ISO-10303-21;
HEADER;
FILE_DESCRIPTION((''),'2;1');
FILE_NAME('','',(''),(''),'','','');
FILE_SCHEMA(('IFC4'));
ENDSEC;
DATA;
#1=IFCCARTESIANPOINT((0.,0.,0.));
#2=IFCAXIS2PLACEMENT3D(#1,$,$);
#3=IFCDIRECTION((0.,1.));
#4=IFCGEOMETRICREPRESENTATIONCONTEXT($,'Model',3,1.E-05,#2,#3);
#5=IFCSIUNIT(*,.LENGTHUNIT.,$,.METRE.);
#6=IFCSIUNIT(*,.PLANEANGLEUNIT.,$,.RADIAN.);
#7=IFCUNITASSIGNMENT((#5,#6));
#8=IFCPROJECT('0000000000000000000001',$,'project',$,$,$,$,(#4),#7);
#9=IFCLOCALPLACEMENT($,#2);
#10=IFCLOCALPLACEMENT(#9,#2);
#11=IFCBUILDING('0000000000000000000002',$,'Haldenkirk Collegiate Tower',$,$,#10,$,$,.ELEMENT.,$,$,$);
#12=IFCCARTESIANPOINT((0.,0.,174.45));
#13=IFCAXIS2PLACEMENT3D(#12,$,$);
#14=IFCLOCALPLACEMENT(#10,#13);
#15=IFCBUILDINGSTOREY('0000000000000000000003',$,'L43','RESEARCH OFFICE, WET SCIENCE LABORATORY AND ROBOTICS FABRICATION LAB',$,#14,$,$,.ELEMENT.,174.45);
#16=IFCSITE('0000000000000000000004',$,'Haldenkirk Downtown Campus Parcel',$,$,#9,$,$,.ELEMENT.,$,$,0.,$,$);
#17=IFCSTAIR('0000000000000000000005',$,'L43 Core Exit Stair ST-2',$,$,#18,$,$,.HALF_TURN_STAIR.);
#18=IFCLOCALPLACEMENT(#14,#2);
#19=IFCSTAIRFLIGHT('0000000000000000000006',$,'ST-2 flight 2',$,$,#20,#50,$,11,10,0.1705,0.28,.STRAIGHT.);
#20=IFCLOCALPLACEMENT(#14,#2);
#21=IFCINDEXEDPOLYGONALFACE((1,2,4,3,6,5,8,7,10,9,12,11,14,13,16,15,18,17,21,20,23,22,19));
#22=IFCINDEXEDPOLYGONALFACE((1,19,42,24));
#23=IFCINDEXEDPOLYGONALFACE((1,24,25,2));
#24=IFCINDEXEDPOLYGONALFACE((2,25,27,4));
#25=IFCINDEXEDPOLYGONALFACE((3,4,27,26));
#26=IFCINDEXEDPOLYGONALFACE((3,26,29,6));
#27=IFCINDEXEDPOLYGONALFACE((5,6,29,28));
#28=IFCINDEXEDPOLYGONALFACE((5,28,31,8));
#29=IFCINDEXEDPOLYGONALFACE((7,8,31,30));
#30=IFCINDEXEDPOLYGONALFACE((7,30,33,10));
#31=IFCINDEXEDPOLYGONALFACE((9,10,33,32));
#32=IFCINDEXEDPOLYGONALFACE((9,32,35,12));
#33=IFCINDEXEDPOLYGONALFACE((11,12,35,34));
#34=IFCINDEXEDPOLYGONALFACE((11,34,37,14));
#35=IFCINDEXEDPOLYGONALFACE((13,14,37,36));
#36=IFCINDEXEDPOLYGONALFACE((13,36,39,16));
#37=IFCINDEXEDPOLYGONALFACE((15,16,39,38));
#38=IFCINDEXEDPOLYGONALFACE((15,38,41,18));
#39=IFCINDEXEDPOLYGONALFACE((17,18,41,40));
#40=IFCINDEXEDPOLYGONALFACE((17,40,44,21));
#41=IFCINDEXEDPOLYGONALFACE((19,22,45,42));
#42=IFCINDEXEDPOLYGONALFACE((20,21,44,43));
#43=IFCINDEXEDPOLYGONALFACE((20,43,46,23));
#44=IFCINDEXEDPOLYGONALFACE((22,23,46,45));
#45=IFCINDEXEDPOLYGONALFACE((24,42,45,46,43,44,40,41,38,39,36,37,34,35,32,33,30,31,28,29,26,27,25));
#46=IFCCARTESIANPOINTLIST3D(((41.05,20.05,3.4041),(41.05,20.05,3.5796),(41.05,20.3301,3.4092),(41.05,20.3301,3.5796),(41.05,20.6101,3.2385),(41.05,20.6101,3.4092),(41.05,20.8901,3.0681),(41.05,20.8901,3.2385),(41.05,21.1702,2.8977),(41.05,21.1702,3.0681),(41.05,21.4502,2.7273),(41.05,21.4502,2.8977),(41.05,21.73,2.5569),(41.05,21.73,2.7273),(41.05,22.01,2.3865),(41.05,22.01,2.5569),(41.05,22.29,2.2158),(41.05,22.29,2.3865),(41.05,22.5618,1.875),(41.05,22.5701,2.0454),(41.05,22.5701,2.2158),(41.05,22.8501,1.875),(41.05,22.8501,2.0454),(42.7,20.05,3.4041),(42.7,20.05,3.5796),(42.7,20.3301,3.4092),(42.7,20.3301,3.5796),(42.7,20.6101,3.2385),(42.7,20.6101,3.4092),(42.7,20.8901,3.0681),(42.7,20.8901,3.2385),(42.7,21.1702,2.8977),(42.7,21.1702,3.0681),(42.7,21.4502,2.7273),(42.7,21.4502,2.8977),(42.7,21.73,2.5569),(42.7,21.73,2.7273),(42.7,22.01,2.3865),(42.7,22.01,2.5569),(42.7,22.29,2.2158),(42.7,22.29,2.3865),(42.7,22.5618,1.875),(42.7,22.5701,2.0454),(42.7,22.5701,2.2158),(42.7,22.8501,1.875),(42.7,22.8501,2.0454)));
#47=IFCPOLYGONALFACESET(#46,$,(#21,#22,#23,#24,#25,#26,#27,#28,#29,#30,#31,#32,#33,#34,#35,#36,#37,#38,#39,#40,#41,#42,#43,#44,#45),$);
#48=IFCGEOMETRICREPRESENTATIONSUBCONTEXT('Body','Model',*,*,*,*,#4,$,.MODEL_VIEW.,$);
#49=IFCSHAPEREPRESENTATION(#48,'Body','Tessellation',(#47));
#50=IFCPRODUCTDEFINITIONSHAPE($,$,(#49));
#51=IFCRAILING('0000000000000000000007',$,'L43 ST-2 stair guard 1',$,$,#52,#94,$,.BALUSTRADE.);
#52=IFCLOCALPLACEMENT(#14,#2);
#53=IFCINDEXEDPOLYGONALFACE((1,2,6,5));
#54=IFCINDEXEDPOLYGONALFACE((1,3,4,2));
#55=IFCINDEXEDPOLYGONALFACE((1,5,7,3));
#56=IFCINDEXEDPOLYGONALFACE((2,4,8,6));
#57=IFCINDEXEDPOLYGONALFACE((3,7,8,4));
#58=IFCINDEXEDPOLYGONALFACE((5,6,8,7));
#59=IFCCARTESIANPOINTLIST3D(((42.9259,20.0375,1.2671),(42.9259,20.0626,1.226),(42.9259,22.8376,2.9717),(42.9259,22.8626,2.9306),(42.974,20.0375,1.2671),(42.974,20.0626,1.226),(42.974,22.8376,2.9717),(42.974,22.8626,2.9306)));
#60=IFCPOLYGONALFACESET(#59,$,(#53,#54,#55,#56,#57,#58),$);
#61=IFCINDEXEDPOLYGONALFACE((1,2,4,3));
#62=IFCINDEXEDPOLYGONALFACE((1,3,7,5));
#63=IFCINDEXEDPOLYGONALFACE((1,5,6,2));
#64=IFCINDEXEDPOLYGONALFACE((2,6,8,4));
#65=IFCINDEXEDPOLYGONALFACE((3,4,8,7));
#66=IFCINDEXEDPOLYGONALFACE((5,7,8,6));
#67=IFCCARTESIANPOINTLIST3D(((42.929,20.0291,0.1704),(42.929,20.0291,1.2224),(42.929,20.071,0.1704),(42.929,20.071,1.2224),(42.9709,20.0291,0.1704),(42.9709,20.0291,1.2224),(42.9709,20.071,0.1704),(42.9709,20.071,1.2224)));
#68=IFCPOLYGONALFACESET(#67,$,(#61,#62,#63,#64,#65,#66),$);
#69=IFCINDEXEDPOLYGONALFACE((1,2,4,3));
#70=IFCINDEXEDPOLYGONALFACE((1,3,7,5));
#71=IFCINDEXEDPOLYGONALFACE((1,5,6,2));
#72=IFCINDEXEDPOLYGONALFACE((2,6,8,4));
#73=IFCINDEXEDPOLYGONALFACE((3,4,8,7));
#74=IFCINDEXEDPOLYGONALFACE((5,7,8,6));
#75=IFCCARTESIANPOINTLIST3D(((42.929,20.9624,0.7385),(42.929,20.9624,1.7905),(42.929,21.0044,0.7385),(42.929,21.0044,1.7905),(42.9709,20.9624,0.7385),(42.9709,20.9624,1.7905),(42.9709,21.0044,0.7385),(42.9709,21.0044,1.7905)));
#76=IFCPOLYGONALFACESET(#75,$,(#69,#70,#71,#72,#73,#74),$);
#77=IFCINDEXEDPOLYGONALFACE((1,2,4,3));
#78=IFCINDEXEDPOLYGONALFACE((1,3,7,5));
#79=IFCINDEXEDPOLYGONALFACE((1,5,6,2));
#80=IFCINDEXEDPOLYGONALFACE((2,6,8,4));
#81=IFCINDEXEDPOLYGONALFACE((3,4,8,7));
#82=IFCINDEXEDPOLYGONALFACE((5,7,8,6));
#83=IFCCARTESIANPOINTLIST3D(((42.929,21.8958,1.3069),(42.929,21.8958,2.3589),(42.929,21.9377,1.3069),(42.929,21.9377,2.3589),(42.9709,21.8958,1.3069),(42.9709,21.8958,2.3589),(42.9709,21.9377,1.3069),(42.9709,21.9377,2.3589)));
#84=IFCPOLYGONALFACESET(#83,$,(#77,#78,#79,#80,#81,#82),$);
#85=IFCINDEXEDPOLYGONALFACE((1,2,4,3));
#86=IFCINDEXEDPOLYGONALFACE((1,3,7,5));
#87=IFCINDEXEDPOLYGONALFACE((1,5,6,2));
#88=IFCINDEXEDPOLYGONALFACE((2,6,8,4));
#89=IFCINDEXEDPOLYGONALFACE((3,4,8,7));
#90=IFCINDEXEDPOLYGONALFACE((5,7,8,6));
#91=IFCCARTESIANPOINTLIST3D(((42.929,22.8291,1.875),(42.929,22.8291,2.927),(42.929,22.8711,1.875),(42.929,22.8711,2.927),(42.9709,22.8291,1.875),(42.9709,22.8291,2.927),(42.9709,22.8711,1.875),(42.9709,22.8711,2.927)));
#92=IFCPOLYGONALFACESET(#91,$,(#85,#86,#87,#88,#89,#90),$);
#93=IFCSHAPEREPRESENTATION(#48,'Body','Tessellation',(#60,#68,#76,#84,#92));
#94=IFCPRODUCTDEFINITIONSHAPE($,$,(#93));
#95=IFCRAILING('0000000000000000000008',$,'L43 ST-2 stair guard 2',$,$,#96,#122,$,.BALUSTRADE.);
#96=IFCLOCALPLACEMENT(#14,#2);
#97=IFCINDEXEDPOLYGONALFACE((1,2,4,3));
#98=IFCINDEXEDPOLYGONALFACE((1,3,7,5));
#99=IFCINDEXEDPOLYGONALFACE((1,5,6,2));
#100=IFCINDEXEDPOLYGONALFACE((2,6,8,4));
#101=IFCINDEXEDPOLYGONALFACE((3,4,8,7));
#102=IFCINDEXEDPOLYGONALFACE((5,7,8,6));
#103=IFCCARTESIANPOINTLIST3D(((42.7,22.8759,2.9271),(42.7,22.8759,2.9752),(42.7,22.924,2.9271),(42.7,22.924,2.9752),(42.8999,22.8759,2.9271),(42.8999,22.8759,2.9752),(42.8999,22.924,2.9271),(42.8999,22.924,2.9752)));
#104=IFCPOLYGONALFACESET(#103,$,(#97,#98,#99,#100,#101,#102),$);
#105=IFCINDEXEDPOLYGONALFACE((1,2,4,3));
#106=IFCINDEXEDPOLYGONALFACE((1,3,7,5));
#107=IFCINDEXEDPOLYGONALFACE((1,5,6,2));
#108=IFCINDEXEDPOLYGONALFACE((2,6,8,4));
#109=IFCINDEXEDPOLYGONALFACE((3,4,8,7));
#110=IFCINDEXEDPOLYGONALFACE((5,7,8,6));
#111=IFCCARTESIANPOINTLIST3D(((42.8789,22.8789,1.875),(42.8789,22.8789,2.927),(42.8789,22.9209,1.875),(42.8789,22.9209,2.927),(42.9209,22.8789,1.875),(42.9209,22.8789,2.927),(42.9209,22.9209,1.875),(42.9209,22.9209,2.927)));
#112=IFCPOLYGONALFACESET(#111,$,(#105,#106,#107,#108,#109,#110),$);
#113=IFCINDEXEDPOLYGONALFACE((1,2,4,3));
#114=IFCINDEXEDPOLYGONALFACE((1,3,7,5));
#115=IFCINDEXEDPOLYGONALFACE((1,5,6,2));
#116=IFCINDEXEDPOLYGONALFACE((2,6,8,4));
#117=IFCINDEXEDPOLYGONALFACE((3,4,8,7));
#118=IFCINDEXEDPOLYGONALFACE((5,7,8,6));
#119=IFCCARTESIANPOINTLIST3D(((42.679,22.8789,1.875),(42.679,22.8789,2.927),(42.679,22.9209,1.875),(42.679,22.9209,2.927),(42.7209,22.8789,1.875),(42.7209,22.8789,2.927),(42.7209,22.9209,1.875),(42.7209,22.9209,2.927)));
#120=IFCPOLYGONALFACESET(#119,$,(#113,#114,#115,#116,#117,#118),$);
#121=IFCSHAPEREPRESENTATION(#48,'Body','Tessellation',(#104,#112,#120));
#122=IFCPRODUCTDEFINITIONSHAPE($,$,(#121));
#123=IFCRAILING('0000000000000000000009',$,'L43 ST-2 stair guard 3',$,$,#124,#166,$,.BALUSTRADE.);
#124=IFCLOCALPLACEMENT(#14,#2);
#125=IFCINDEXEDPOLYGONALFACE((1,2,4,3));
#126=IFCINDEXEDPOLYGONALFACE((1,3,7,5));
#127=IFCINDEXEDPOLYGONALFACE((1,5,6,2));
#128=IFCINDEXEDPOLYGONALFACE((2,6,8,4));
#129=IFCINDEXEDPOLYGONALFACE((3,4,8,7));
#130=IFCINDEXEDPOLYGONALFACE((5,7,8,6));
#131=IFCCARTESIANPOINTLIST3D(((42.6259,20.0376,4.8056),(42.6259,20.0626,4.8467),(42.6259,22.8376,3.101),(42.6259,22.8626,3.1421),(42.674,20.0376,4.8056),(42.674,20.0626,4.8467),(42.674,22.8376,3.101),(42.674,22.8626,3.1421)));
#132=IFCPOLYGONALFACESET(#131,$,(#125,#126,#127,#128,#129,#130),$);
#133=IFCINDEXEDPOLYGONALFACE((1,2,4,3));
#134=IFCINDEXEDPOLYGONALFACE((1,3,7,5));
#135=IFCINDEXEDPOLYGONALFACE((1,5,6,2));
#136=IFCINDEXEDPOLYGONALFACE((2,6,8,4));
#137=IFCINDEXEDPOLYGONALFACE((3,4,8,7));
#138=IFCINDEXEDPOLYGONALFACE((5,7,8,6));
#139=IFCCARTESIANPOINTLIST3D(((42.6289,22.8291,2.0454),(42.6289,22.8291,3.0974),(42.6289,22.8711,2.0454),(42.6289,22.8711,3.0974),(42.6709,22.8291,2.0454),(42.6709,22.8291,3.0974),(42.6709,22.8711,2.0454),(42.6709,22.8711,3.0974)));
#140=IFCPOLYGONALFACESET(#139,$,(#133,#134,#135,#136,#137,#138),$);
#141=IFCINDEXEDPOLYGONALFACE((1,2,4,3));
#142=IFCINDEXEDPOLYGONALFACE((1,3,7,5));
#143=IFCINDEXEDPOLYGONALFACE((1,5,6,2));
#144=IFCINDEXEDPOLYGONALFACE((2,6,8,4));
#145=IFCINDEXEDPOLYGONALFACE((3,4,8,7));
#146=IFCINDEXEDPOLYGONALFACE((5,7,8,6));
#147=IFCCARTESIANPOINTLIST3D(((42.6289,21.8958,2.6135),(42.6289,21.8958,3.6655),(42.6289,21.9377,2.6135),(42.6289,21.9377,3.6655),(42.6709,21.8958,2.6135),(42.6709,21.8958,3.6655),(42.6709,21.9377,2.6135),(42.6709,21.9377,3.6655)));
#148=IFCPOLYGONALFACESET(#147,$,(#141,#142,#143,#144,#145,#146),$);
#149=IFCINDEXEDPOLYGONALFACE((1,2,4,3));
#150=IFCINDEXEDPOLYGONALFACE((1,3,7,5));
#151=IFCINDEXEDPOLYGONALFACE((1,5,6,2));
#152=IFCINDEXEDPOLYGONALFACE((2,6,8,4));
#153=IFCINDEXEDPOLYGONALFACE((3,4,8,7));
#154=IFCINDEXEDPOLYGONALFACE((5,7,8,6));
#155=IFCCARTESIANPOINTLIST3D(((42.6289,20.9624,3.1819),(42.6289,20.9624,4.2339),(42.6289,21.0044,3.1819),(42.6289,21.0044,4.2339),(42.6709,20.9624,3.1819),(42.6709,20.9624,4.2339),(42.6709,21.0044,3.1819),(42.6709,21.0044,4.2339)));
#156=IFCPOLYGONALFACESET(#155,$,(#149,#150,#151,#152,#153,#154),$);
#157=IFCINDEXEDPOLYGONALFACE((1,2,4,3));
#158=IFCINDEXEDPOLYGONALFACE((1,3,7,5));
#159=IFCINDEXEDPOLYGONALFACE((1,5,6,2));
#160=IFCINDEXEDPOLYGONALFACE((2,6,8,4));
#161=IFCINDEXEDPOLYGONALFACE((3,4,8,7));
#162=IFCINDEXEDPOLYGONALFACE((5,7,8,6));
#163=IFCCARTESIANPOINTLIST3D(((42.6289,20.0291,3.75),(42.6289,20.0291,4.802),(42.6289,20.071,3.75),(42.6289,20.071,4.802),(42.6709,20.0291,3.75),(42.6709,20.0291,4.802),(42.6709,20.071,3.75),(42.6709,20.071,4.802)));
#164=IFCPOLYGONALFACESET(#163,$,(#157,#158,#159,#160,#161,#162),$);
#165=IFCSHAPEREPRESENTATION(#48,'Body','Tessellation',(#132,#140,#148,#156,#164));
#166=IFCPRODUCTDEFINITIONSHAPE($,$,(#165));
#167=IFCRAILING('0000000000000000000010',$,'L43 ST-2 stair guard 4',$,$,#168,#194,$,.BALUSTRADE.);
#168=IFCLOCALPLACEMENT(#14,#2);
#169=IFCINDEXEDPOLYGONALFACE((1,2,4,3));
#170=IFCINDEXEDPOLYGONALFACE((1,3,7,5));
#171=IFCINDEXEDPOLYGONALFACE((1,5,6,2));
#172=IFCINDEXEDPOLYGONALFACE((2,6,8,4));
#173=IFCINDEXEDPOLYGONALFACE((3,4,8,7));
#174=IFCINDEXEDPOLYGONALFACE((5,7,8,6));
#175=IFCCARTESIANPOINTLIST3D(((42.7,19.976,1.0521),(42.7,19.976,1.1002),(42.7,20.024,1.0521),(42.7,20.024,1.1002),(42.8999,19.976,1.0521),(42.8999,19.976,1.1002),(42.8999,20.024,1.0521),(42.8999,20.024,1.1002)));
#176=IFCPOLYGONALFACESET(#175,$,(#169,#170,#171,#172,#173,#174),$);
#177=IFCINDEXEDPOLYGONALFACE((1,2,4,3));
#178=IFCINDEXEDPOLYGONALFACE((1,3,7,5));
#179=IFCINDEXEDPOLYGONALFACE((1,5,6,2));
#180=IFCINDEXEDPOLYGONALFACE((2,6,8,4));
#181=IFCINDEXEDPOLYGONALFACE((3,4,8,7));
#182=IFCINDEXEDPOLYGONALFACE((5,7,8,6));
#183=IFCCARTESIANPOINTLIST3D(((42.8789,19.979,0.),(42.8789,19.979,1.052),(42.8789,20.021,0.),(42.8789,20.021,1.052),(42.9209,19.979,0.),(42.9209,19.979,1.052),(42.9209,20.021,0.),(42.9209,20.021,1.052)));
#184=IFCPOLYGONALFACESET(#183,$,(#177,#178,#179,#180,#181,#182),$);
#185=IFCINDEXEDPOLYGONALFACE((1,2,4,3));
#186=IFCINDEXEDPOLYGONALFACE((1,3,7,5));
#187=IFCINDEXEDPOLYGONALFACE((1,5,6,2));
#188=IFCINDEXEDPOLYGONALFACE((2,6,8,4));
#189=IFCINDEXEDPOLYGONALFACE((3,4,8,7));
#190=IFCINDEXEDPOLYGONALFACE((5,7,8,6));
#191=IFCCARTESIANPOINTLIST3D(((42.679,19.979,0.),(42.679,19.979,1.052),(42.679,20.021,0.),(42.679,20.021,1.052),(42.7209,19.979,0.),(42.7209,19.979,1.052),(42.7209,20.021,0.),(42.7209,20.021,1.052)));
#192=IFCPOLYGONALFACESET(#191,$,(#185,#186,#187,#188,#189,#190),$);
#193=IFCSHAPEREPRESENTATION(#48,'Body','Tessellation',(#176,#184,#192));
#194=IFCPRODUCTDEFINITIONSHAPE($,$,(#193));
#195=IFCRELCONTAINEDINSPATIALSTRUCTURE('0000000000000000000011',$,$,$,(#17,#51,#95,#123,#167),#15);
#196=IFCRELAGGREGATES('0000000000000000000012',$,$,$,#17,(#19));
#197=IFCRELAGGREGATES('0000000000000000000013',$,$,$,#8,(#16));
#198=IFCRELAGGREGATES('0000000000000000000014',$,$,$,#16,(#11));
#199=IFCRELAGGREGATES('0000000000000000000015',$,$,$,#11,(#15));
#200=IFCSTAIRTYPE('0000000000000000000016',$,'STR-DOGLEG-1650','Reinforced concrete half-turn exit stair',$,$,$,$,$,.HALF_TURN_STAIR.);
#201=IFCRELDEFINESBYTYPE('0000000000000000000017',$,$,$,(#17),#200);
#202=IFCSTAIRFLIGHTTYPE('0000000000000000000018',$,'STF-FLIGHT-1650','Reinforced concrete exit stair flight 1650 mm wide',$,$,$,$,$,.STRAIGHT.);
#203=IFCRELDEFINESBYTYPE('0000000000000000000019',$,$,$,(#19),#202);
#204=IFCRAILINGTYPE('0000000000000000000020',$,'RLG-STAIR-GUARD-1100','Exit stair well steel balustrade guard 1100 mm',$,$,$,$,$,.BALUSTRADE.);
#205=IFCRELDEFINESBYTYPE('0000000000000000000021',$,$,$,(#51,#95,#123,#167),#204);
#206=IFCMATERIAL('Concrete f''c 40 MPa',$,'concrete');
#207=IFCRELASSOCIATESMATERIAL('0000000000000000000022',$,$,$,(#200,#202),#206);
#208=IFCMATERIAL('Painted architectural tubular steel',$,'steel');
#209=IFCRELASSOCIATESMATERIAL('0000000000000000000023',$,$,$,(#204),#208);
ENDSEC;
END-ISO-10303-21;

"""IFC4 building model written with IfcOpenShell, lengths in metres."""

from ifc_helpers import new_model, si_unit, direction, frame, origin, origin_2d, place, context, subcontext, project, spatial, polyline, rectangle, outline, extrude, material, type_object, element, aggregate, save


model = new_model("IFC4")

# Units and contexts
model_context = context("Model", 3, precision=1e-05, world=origin(), true_north=direction((0.0, 1.0)))
body_context = subcontext(model_context, "Body", "Model", "MODEL_VIEW")
ifc_project = project(units=[si_unit("LENGTHUNIT", "METRE"), si_unit("PLANEANGLEUNIT", "RADIAN")], contexts=[model_context])

# Site, building, storey
site_placement = place(None, origin())
site = spatial("IfcSite", under=ifc_project, at=site_placement, Name="Haldenkirk Downtown Campus Parcel", CompositionType="ELEMENT", RefElevation=0.0)
building_placement = place(site_placement, origin())
building = spatial("IfcBuilding", under=site, at=building_placement, Name="Haldenkirk Collegiate Tower", CompositionType="ELEMENT")
storey_placement = place(building_placement, frame((0.0, 0.0, 174.45)))
storey = spatial("IfcBuildingStorey", under=building, at=storey_placement, Name="L43", Description="RESEARCH OFFICE, WET SCIENCE LABORATORY AND ROBOTICS FABRICATION LAB", CompositionType="ELEMENT", Elevation=174.45)

# Stair, stair flight
ifc_material_1 = material(Name="Concrete f'c 40 MPa", Category="concrete")
stair_type = type_object("IfcStairType", Name="STR-DOGLEG-1650", Description="Reinforced concrete half-turn exit stair", PredefinedType="HALF_TURN_STAIR", material=ifc_material_1)
stair_placement = place(storey_placement, origin())
stair = element("IfcStair", 1, at=stair_placement, inside=storey, type_object=stair_type, Name="L43 Core Exit Stair ST-2", PredefinedType="HALF_TURN_STAIR")
stair_flight_type = type_object("IfcStairFlightType", Name="STF-FLIGHT-1650", Description="Reinforced concrete exit stair flight 1650 mm wide", PredefinedType="STRAIGHT", material=ifc_material_1)
stair_flight_1_placement = place(storey_placement, frame((41.875, 22.8501, 1.875), z_axis=(0.0, 0.0, 1.0), x_axis=(0.0, -1.0, 0.0)))
stair_flight_1 = element("IfcStairFlight", 2, at=stair_flight_1_placement, type_object=stair_flight_type, Name="ST-2 flight 2", NumberOfRisers=11, NumberOfTreads=10, PredefinedType="STRAIGHT", RiserHeight=0.1705, TreadLength=0.28, context=body_context, shape_type="SweptSolid", body=[
    extrude(outline(polyline([(0.0, 0.0), (0.0, 0.1704), (0.28, 0.1704), (0.28, 0.3408), (0.5601, 0.3408), (0.5601, 0.5115), (0.8401, 0.5115), (0.8401, 0.6819), (1.1201, 0.6819), (1.1201, 0.8523), (1.3999, 0.8523), (1.3999, 1.0227), (1.6799, 1.0227), (1.6799, 1.1931), (1.96, 1.1931), (1.96, 1.3635), (2.24, 1.3635), (2.24, 1.5342), (2.52, 1.5342), (2.52, 1.7046), (2.8, 1.7046), (2.8, 1.875), (2.8, 1.5291), (0.2883, 0.0), (0.0, 0.0)])), frame((0.0, 0.825, 0.0), z_axis=(0.0, -1.0, 0.0), x_axis=(1.0, 0.0, 0.0)), (0.0, 0.0, 1.0), 1.6499),
])
aggregate(stair, [stair_flight_1])

# Railings
ifc_material_2 = material(Name="Painted architectural tubular steel", Category="steel")
railing_type_1 = type_object("IfcRailingType", Name="RLG-STAIR-GUARD-1100", Description="Exit stair well steel balustrade guard 1100 mm", PredefinedType="BALUSTRADE", material=ifc_material_2)
railing_1_placement = place(storey_placement, frame((42.95, 20.05, 0.1704)))
element("IfcRailing", 3, at=railing_1_placement, inside=storey, type_object=railing_type_1, Name="L43 ST-2 stair guard 1", PredefinedType="BALUSTRADE", context=body_context, shape_type="SweptSolid", body=[
    extrude(rectangle(XDim=0.0481, YDim=0.0481, at=origin_2d()), frame((0.0, 0.0, 1.0762), z_axis=(0.0, 0.85417, 0.519994), x_axis=(-1.0, 0.0, 0.0)), (0.0, 0.0, 1.0), 3.2781),
    extrude(rectangle(XDim=0.042, YDim=0.042, at=origin_2d()), origin(), (0.0, 0.0, 1.0), 1.052),
    extrude(rectangle(XDim=0.042, YDim=0.042, at=origin_2d()), frame((0.0, 0.9333, 0.5681)), (0.0, 0.0, 1.0), 1.052),
    extrude(rectangle(XDim=0.042, YDim=0.042, at=origin_2d()), frame((0.0, 1.8667, 1.1365)), (0.0, 0.0, 1.0), 1.052),
    extrude(rectangle(XDim=0.042, YDim=0.042, at=origin_2d()), frame((0.0, 2.8, 1.7046)), (0.0, 0.0, 1.0), 1.052),
])
railing_2_placement = place(storey_placement, frame((42.8999, 22.8999, 1.875)))
element("IfcRailing", 4, at=railing_2_placement, inside=storey, type_object=railing_type_1, Name="L43 ST-2 stair guard 2", PredefinedType="BALUSTRADE", context=body_context, shape_type="SweptSolid", body=[
    extrude(rectangle(XDim=0.0481, YDim=0.0481, at=origin_2d()), frame((0.0, 0.0, 1.0762), z_axis=(-1.0, 0.0, 0.0), x_axis=(0.0, -1.0, 0.0)), (0.0, 0.0, 1.0), 0.2),
    extrude(rectangle(XDim=0.042, YDim=0.042, at=origin_2d()), origin(), (0.0, 0.0, 1.0), 1.052),
    extrude(rectangle(XDim=0.042, YDim=0.042, at=origin_2d()), frame((-0.2, 0.0, 0.0)), (0.0, 0.0, 1.0), 1.052),
])
railing_3_placement = place(storey_placement, frame((42.6499, 22.8501, 2.0454)))
element("IfcRailing", 5, at=railing_3_placement, inside=storey, type_object=railing_type_1, Name="L43 ST-2 stair guard 3", PredefinedType="BALUSTRADE", context=body_context, shape_type="SweptSolid", body=[
    extrude(rectangle(XDim=0.0481, YDim=0.0481, at=origin_2d()), frame((0.0, 0.0, 1.0762), z_axis=(0.0, -0.85417, 0.519994), x_axis=(1.0, 0.0, 0.0)), (0.0, 0.0, 1.0), 3.2781),
    extrude(rectangle(XDim=0.042, YDim=0.042, at=origin_2d()), origin(), (0.0, 0.0, 1.0), 1.052),
    extrude(rectangle(XDim=0.042, YDim=0.042, at=origin_2d()), frame((0.0, -0.9333, 0.5681)), (0.0, 0.0, 1.0), 1.052),
    extrude(rectangle(XDim=0.042, YDim=0.042, at=origin_2d()), frame((0.0, -1.8667, 1.1365)), (0.0, 0.0, 1.0), 1.052),
    extrude(rectangle(XDim=0.042, YDim=0.042, at=origin_2d()), frame((0.0, -2.8, 1.7046)), (0.0, 0.0, 1.0), 1.052),
])
railing_4_placement = place(storey_placement, frame((42.8999, 20.0, 0.0)))
element("IfcRailing", 6, at=railing_4_placement, inside=storey, type_object=railing_type_1, Name="L43 ST-2 stair guard 4", PredefinedType="BALUSTRADE", context=body_context, shape_type="SweptSolid", body=[
    extrude(rectangle(XDim=0.0481, YDim=0.0481, at=origin_2d()), frame((0.0, 0.0, 1.0762), z_axis=(-1.0, 0.0, 0.0), x_axis=(0.0, -1.0, 0.0)), (0.0, 0.0, 1.0), 0.2),
    extrude(rectangle(XDim=0.042, YDim=0.042, at=origin_2d()), origin(), (0.0, 0.0, 1.0), 1.052),
    extrude(rectangle(XDim=0.042, YDim=0.042, at=origin_2d()), frame((-0.2, 0.0, 0.0)), (0.0, 0.0, 1.0), 1.052),
])

save(model, "model.ifc")
